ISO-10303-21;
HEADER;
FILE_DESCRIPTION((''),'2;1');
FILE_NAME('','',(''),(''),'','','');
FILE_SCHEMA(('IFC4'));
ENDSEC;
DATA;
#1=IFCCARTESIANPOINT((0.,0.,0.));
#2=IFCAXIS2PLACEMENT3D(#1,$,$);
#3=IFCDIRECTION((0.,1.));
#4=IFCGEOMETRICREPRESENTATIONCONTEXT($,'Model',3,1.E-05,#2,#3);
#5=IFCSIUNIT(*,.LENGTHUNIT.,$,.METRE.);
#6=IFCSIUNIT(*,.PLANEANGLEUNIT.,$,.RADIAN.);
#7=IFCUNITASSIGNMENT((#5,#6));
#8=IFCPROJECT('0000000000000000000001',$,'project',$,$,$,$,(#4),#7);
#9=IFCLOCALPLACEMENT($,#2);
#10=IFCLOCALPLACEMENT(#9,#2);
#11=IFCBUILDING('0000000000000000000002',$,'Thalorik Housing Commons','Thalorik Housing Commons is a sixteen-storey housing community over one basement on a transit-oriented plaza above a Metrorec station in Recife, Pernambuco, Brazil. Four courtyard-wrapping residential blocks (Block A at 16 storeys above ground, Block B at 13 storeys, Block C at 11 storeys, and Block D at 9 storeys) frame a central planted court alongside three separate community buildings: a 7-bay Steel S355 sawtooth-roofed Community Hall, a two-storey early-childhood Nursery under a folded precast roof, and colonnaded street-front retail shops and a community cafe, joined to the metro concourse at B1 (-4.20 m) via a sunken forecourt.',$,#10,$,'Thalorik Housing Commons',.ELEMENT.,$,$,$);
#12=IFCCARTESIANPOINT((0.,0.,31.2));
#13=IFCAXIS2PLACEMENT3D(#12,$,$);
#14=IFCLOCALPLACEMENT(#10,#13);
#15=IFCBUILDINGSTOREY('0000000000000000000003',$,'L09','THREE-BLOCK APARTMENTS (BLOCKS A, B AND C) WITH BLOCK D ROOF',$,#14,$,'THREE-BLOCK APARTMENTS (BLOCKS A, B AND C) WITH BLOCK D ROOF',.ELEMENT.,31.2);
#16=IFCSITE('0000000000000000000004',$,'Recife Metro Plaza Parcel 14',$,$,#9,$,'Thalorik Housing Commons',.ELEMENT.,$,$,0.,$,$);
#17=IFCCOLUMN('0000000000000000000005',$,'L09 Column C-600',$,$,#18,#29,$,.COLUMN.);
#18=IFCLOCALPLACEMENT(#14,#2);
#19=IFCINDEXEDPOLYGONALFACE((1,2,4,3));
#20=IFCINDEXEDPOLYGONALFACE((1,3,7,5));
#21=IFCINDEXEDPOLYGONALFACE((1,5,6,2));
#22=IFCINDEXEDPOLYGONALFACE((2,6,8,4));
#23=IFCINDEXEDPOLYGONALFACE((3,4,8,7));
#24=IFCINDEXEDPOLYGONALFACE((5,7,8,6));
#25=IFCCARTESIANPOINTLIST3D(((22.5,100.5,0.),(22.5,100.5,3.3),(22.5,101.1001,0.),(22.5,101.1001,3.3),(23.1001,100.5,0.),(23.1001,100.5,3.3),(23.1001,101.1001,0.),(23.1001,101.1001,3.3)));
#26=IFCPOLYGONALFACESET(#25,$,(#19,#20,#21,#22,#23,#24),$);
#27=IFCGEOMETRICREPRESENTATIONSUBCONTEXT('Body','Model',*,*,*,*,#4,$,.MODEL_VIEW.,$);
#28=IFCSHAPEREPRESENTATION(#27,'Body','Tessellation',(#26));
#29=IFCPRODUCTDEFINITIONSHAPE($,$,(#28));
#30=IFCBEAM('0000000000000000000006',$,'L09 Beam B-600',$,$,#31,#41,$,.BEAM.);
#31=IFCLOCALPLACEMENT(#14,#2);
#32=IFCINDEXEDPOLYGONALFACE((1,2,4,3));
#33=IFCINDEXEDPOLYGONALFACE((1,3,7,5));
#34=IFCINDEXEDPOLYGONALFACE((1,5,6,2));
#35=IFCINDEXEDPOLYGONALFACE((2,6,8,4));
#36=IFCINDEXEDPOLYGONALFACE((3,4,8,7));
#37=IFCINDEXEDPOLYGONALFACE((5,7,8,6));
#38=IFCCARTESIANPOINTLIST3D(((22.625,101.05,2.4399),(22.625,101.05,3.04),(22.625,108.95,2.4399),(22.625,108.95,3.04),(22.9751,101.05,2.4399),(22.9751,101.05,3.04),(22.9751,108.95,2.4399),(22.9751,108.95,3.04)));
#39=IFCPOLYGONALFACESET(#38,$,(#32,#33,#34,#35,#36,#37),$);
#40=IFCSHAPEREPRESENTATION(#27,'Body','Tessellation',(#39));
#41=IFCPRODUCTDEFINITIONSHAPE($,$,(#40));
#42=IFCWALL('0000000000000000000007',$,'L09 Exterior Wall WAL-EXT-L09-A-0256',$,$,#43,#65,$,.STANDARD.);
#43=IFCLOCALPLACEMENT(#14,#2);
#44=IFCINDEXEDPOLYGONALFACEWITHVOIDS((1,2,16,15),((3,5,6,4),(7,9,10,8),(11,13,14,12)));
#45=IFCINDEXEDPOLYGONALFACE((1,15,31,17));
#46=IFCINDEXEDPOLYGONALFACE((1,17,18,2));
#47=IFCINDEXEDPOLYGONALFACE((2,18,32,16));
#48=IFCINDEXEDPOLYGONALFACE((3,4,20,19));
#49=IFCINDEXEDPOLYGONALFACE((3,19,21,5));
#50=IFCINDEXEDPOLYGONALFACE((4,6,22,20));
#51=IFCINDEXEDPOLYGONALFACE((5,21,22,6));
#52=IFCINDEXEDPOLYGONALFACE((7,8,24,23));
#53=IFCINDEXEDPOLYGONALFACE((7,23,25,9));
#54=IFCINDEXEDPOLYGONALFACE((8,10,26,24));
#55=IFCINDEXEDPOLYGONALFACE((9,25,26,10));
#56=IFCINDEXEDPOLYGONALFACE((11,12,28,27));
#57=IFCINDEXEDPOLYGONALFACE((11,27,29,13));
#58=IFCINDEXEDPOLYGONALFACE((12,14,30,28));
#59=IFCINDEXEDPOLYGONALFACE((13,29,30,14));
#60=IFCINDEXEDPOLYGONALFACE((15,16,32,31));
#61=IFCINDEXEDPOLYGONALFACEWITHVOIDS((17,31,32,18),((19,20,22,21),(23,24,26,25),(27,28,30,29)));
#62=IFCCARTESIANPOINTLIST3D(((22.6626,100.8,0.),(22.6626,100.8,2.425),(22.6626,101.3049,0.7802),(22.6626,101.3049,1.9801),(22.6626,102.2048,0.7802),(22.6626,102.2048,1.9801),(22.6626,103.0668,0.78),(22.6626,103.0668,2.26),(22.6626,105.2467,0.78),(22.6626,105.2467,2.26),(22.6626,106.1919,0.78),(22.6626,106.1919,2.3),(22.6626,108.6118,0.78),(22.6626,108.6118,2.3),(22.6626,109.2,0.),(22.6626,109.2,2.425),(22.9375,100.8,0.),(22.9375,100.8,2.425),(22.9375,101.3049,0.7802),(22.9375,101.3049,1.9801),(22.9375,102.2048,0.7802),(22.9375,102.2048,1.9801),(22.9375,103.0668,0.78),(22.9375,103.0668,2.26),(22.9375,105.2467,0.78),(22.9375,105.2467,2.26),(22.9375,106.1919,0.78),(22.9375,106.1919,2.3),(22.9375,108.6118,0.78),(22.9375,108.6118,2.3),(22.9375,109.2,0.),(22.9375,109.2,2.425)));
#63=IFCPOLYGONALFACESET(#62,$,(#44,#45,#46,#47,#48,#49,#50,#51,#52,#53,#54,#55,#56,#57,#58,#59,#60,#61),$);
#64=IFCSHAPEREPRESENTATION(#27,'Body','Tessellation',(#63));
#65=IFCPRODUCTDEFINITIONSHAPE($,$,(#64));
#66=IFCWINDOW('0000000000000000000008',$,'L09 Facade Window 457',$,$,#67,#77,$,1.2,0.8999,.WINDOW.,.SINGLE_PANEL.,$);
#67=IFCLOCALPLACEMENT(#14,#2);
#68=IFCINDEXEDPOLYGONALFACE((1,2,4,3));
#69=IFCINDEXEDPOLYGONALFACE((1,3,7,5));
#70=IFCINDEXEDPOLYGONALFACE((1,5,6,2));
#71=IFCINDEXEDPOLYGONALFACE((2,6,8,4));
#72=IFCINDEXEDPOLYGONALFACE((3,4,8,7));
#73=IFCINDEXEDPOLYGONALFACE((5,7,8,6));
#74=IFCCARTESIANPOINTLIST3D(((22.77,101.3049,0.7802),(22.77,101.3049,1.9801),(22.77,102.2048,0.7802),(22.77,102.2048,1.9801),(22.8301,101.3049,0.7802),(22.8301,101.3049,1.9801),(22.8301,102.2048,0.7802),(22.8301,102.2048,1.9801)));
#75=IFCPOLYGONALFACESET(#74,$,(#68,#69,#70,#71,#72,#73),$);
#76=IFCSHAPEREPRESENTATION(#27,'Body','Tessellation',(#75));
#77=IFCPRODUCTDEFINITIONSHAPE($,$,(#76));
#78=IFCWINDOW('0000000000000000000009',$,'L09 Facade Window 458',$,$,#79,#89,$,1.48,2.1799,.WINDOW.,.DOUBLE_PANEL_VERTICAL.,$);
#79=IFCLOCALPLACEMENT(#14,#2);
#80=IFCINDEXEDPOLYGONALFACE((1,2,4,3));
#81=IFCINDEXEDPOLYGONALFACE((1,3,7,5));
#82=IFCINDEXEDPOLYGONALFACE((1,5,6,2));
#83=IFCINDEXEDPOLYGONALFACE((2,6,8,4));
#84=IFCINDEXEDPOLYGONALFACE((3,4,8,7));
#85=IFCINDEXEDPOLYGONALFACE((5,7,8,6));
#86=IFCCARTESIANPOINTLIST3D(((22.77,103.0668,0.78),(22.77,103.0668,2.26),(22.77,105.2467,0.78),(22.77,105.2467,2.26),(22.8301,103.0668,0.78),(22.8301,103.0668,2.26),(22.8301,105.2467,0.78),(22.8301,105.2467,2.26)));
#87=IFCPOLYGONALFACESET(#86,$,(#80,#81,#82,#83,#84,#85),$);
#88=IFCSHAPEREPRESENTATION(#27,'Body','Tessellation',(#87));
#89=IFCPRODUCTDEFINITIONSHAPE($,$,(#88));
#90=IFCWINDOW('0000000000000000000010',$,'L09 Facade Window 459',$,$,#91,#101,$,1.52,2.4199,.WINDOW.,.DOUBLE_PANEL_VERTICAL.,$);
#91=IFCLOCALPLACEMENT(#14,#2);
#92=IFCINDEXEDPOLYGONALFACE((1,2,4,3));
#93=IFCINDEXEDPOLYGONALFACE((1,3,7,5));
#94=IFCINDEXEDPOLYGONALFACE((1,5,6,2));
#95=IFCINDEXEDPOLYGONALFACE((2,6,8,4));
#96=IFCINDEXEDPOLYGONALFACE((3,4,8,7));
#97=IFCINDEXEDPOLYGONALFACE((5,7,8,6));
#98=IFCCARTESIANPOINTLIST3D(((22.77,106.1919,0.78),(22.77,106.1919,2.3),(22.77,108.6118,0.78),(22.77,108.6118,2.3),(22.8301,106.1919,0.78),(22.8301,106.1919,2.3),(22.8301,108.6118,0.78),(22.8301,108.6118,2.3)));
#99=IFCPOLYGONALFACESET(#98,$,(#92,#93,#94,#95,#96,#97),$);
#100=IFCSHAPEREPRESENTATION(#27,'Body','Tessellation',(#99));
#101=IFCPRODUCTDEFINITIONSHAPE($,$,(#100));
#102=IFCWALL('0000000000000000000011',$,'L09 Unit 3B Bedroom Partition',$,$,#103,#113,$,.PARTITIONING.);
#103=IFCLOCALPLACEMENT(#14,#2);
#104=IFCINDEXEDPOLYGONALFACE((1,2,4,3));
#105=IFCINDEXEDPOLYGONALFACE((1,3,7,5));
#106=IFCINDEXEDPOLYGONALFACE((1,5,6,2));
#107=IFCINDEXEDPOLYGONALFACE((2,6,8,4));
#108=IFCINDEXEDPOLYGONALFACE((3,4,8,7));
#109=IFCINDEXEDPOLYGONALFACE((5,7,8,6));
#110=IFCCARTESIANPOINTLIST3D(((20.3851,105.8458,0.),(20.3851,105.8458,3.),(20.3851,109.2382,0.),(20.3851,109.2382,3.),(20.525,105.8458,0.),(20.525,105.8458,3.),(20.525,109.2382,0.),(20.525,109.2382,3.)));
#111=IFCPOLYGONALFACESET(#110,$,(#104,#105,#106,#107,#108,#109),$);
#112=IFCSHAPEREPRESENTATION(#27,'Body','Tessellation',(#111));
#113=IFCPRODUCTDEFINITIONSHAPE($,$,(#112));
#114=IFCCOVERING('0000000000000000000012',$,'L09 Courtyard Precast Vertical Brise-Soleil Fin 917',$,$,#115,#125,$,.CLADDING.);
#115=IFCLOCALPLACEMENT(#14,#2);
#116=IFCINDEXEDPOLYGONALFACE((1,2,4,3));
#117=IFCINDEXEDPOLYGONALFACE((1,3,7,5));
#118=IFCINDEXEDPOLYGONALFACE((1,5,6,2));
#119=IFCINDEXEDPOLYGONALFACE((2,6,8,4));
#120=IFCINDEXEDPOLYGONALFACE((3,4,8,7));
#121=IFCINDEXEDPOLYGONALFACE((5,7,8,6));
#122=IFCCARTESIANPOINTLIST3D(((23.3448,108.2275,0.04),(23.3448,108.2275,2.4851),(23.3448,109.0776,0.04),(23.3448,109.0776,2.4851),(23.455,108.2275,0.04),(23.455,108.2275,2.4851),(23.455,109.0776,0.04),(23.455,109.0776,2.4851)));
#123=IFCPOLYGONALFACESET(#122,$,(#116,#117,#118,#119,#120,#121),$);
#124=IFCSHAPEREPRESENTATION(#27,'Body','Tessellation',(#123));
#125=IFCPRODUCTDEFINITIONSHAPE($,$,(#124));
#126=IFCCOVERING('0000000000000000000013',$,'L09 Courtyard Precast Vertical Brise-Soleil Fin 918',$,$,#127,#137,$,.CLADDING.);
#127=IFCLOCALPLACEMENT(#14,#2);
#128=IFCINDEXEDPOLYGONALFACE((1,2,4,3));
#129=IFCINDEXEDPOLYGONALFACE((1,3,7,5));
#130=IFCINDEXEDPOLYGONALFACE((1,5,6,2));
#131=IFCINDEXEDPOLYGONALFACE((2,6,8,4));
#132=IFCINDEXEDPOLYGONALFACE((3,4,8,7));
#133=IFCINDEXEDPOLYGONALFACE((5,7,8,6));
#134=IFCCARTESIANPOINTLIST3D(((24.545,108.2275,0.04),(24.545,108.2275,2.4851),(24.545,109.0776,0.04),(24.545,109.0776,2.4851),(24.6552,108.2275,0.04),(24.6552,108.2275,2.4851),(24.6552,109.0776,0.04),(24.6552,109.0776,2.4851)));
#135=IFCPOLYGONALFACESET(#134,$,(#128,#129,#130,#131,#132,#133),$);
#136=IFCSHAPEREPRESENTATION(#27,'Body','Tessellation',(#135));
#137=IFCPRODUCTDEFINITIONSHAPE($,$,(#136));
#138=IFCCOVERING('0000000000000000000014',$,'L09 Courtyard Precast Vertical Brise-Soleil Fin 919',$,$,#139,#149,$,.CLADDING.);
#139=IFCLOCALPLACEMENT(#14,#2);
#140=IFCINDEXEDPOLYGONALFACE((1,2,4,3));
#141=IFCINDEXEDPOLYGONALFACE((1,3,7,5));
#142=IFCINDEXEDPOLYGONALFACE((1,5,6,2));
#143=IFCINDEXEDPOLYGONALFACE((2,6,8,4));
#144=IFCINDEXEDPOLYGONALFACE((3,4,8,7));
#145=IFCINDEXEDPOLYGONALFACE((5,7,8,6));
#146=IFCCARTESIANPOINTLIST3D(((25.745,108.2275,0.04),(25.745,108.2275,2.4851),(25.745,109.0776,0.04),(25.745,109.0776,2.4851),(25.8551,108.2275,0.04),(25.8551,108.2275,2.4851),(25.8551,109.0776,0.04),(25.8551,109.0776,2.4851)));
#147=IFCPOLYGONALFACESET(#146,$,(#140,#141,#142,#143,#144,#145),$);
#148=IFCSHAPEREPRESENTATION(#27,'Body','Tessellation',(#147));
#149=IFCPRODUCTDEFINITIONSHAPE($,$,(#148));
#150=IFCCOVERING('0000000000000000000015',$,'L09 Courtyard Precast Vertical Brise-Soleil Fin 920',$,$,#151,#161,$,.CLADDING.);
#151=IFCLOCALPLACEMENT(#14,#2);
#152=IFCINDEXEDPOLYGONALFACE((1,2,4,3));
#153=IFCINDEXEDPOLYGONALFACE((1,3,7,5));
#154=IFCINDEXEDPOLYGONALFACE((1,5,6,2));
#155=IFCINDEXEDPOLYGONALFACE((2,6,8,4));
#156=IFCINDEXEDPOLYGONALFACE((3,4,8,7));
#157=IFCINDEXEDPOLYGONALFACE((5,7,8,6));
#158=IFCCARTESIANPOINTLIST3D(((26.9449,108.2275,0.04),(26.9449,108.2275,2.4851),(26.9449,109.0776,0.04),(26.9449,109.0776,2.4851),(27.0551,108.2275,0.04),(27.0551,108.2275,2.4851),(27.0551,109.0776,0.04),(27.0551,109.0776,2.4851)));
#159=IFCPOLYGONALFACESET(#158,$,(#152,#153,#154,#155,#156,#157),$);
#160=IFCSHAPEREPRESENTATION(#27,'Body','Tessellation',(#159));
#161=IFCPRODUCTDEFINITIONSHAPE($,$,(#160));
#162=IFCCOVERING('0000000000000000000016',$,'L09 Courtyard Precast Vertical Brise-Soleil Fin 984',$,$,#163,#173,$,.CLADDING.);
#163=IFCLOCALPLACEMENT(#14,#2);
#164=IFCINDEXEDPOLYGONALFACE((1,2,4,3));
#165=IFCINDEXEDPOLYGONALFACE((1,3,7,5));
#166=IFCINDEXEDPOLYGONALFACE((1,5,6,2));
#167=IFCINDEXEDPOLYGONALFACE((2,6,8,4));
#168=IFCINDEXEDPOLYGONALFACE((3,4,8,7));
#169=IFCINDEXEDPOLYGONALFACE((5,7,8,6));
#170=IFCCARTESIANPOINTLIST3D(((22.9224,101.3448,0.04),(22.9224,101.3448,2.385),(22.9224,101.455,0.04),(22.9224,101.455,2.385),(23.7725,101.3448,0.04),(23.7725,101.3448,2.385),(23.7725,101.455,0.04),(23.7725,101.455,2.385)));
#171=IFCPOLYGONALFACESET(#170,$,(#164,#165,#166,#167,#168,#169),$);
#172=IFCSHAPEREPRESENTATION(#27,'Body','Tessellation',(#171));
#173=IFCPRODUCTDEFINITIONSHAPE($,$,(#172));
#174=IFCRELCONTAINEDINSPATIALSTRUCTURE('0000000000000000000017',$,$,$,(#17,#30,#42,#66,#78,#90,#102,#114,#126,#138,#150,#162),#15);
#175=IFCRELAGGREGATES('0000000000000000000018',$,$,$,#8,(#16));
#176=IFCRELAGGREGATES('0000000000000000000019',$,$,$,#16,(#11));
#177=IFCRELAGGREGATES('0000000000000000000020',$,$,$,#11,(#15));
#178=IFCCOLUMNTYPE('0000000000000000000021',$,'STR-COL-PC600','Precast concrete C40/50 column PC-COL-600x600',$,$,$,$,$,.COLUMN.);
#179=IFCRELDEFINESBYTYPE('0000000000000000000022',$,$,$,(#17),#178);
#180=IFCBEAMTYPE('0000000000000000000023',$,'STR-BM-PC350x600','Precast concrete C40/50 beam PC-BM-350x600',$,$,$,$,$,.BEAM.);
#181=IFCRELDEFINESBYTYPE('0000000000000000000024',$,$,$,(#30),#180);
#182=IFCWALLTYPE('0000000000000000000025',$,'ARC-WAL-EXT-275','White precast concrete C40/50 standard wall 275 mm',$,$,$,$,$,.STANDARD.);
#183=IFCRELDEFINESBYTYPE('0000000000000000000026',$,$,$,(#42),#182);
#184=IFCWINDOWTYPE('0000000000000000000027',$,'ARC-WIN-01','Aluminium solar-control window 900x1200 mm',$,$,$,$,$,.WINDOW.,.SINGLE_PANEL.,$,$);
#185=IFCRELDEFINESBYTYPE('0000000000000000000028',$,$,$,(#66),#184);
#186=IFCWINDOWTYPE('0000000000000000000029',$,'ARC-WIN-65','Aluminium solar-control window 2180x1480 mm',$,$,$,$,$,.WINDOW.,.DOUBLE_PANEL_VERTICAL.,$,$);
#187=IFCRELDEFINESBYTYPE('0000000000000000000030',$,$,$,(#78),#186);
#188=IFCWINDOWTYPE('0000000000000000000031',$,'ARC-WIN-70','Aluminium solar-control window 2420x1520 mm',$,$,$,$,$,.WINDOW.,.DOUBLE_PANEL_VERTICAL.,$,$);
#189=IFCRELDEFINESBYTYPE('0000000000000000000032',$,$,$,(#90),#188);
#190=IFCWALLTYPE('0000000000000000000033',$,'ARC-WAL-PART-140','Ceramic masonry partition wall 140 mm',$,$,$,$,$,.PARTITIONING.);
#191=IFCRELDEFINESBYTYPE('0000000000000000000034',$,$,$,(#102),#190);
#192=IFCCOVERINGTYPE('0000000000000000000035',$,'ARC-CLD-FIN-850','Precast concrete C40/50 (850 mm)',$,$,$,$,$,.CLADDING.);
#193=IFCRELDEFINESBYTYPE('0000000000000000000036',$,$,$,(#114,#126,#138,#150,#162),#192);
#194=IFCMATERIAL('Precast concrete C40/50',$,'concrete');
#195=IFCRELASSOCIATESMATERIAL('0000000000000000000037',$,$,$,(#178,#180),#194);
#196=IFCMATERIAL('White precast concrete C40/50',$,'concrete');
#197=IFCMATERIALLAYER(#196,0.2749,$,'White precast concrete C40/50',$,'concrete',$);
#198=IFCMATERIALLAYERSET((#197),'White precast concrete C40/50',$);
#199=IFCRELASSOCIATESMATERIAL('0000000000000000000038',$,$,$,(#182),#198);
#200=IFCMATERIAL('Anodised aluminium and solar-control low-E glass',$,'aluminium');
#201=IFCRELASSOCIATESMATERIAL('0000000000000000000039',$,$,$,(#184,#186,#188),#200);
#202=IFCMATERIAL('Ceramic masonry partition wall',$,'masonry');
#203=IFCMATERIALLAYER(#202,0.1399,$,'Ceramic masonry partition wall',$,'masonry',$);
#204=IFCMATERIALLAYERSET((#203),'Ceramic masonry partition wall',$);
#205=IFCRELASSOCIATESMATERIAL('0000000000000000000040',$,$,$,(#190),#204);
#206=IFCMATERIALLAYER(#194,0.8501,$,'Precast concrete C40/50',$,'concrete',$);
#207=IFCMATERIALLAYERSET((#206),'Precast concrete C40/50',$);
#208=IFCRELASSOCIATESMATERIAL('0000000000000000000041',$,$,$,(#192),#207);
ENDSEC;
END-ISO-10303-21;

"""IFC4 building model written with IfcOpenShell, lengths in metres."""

from ifc_helpers import new_model, si_unit, direction, frame, frame_2d, origin, origin_2d, place, context, subcontext, project, spatial, rectangle, extrude, material, layer, layer_set, material_profile, profile_set, type_object, element, fill, save


model = new_model("IFC4")

# Units and contexts
model_context = context("Model", 3, precision=1e-05, world=origin(), true_north=direction((0.0, 1.0)))
body_context = subcontext(model_context, "Body", "Model", "MODEL_VIEW")
ifc_project = project(units=[si_unit("LENGTHUNIT", "METRE"), si_unit("PLANEANGLEUNIT", "RADIAN")], contexts=[model_context])

# Site, building, storey
site_placement = place(None, origin())
site = spatial("IfcSite", under=ifc_project, at=site_placement, Name="Recife Metro Plaza Parcel 14", LongName="Thalorik Housing Commons", CompositionType="ELEMENT", RefElevation=0.0)
building_placement = place(site_placement, origin())
building = spatial("IfcBuilding", under=site, at=building_placement, Name="Thalorik Housing Commons", Description="Thalorik Housing Commons is a sixteen-storey housing community over one basement on a transit-oriented plaza above a Metrorec station in Recife, Pernambuco, Brazil. Four courtyard-wrapping residential blocks (Block A at 16 storeys above ground, Block B at 13 storeys, Block C at 11 storeys, and Block D at 9 storeys) frame a central planted court alongside three separate community buildings: a 7-bay Steel S355 sawtooth-roofed Community Hall, a two-storey early-childhood Nursery under a folded precast roof, and colonnaded street-front retail shops and a community cafe, joined to the metro concourse at B1 (-4.20 m) via a sunken forecourt.", LongName="Thalorik Housing Commons", CompositionType="ELEMENT")
storey_placement = place(building_placement, frame((0.0, 0.0, 31.2)))
storey = spatial("IfcBuildingStorey", under=building, at=storey_placement, Name="L09", Description="THREE-BLOCK APARTMENTS (BLOCKS A, B AND C) WITH BLOCK D ROOF", LongName="THREE-BLOCK APARTMENTS (BLOCKS A, B AND C) WITH BLOCK D ROOF", CompositionType="ELEMENT", Elevation=31.2)

# Column
ifc_material_1 = material(Name="Precast concrete C40/50", Category="concrete")
ifc_material_profile_1 = material_profile(ifc_material_1, rectangle(XDim=0.6001, YDim=0.6001, at=origin_2d()), Name="PC 600x600", Category="concrete")
ifc_profile_set_1 = profile_set([ifc_material_profile_1], Name="Precast concrete C40/50")
column_type = type_object("IfcColumnType", Name="STR-COL-PC600", Description="Precast concrete C40/50 column PC-COL-600x600", PredefinedType="COLUMN", material=ifc_profile_set_1)
column_placement = place(storey_placement, frame((22.8, 100.8, 0.0), z_axis=(0.0, 0.0, 1.0), x_axis=(1.0, 0.0, 0.0)))
element("IfcColumn", 1, at=column_placement, inside=storey, type_object=column_type, Name="L09 Column C-600", PredefinedType="COLUMN", context=body_context, shape_type="SweptSolid", body=[
    extrude(rectangle(XDim=0.6001, YDim=0.6001, at=origin_2d()), origin(), (0.0, 0.0, 1.0), 3.3),
])

# Beam
ifc_material_profile_2 = material_profile(ifc_material_1, rectangle(XDim=0.3501, YDim=0.6001, at=origin_2d()), Name="PC 350x600", Category="concrete")
ifc_profile_set_2 = profile_set([ifc_material_profile_2], Name="Precast concrete C40/50")
beam_type = type_object("IfcBeamType", Name="STR-BM-PC350x600", Description="Precast concrete C40/50 beam PC-BM-350x600", PredefinedType="BEAM", material=ifc_profile_set_2)
beam_placement = place(storey_placement, frame((22.8, 101.05, 2.74), z_axis=(0.0, 1.0, 0.0), x_axis=(-1.0, 0.0, 0.0)))
element("IfcBeam", 2, at=beam_placement, inside=storey, type_object=beam_type, Name="L09 Beam B-600", PredefinedType="BEAM", context=body_context, shape_type="SweptSolid", body=[
    extrude(rectangle(XDim=0.3501, YDim=0.6001, at=origin_2d()), origin(), (0.0, 0.0, 1.0), 7.8999),
])

# Wall, openings, windows
ifc_material_2 = material(Name="White precast concrete C40/50", Category="concrete")
ifc_layer_1 = layer(ifc_material_2, 0.2749, Name="White precast concrete C40/50", Category="concrete")
ifc_layer_set_1 = layer_set([ifc_layer_1], Name="White precast concrete C40/50")
wall_type_1 = type_object("IfcWallType", Name="ARC-WAL-EXT-275", Description="White precast concrete C40/50 standard wall 275 mm", PredefinedType="STANDARD", material=ifc_layer_set_1)
wall_1_placement = place(storey_placement, frame((22.8, 100.8, 0.0), z_axis=(0.0, 0.0, 1.0), x_axis=(0.0, 1.0, 0.0)))
wall_1 = element("IfcWall", 3, at=wall_1_placement, inside=storey, type_object=wall_type_1, Name="L09 Exterior Wall WAL-EXT-L09-A-0256", PredefinedType="STANDARD", context=body_context, shape_type="SweptSolid", body=[
    extrude(rectangle(XDim=8.3999, YDim=0.2749, at=frame_2d((4.2, 0.0))), origin(), (0.0, 0.0, 1.0), 2.425),
])
opening_1_placement = place(wall_1_placement, frame((0.5049, 0.0, 0.78)))
opening_1 = element("IfcOpeningElement", 4, at=opening_1_placement, cuts=wall_1, PredefinedType="OPENING", context=body_context, shape_type="SweptSolid", body=[
    extrude(rectangle(XDim=0.8999, YDim=1.2, at=frame_2d((0.45, 0.6001))), frame((0.0, 0.1475, 0.0), z_axis=(0.0, -1.0, 0.0), x_axis=(1.0, 0.0, 0.0)), (0.0, 0.0, 1.0), 0.2949),
])
opening_2_placement = place(wall_1_placement, frame((2.2668, 0.0, 0.78)))
opening_2 = element("IfcOpeningElement", 5, at=opening_2_placement, cuts=wall_1, PredefinedType="OPENING", context=body_context, shape_type="SweptSolid", body=[
    extrude(rectangle(XDim=2.1799, YDim=1.48, at=frame_2d((1.0898, 0.74))), frame((0.0, 0.1475, 0.0), z_axis=(0.0, -1.0, 0.0), x_axis=(1.0, 0.0, 0.0)), (0.0, 0.0, 1.0), 0.2949),
])
opening_3_placement = place(wall_1_placement, frame((5.3918, 0.0, 0.78)))
opening_3 = element("IfcOpeningElement", 6, at=opening_3_placement, cuts=wall_1, PredefinedType="OPENING", context=body_context, shape_type="SweptSolid", body=[
    extrude(rectangle(XDim=2.4199, YDim=1.52, at=frame_2d((1.21, 0.76))), frame((0.0, 0.1475, 0.0), z_axis=(0.0, -1.0, 0.0), x_axis=(1.0, 0.0, 0.0)), (0.0, 0.0, 1.0), 0.2949),
])
ifc_material_3 = material(Name="Anodised aluminium and solar-control low-E glass", Category="aluminium")
window_type_1 = type_object("IfcWindowType", Name="ARC-WIN-01", Description="Aluminium solar-control window 900x1200 mm", PartitioningType="SINGLE_PANEL", PredefinedType="WINDOW", material=ifc_material_3)
window_1_placement = place(opening_1_placement, origin())
window_1 = element("IfcWindow", 7, at=window_1_placement, inside=storey, type_object=window_type_1, Name="L09 Facade Window 457", OverallHeight=1.2, OverallWidth=0.8999, PartitioningType="SINGLE_PANEL", PredefinedType="WINDOW", context=body_context, shape_type="SweptSolid", body=[
    extrude(rectangle(XDim=0.8999, YDim=1.2, at=frame_2d((0.45, 0.6001))), frame((0.0, 0.03, 0.0), z_axis=(0.0, -1.0, 0.0), x_axis=(1.0, 0.0, 0.0)), (0.0, 0.0, 1.0), 0.0601),
])
fill(opening_1, window_1)
window_type_2 = type_object("IfcWindowType", Name="ARC-WIN-65", Description="Aluminium solar-control window 2180x1480 mm", PartitioningType="DOUBLE_PANEL_VERTICAL", PredefinedType="WINDOW", material=ifc_material_3)
window_2_placement = place(opening_2_placement, origin())
window_2 = element("IfcWindow", 8, at=window_2_placement, inside=storey, type_object=window_type_2, Name="L09 Facade Window 458", OverallHeight=1.48, OverallWidth=2.1799, PartitioningType="DOUBLE_PANEL_VERTICAL", PredefinedType="WINDOW", context=body_context, shape_type="SweptSolid", body=[
    extrude(rectangle(XDim=2.1799, YDim=1.48, at=frame_2d((1.0898, 0.74))), frame((0.0, 0.03, 0.0), z_axis=(0.0, -1.0, 0.0), x_axis=(1.0, 0.0, 0.0)), (0.0, 0.0, 1.0), 0.0601),
])
fill(opening_2, window_2)
window_type_3 = type_object("IfcWindowType", Name="ARC-WIN-70", Description="Aluminium solar-control window 2420x1520 mm", PartitioningType="DOUBLE_PANEL_VERTICAL", PredefinedType="WINDOW", material=ifc_material_3)
window_3_placement = place(opening_3_placement, origin())
window_3 = element("IfcWindow", 9, at=window_3_placement, inside=storey, type_object=window_type_3, Name="L09 Facade Window 459", OverallHeight=1.52, OverallWidth=2.4199, PartitioningType="DOUBLE_PANEL_VERTICAL", PredefinedType="WINDOW", context=body_context, shape_type="SweptSolid", body=[
    extrude(rectangle(XDim=2.4199, YDim=1.52, at=frame_2d((1.21, 0.76))), frame((0.0, 0.03, 0.0), z_axis=(0.0, -1.0, 0.0), x_axis=(1.0, 0.0, 0.0)), (0.0, 0.0, 1.0), 0.0601),
])
fill(opening_3, window_3)

# Wall
ifc_material_4 = material(Name="Ceramic masonry partition wall", Category="masonry")
ifc_layer_2 = layer(ifc_material_4, 0.1399, Name="Ceramic masonry partition wall", Category="masonry")
ifc_layer_set_2 = layer_set([ifc_layer_2], Name="Ceramic masonry partition wall")
wall_type_2 = type_object("IfcWallType", Name="ARC-WAL-PART-140", Description="Ceramic masonry partition wall 140 mm", PredefinedType="PARTITIONING", material=ifc_layer_set_2)
wall_2_placement = place(storey_placement, frame((20.4551, 105.8457, 0.0), z_axis=(0.0, 0.0, 1.0), x_axis=(0.0, 1.0, 0.0)))
element("IfcWall", 10, at=wall_2_placement, inside=storey, type_object=wall_type_2, Name="L09 Unit 3B Bedroom Partition", PredefinedType="PARTITIONING", context=body_context, shape_type="SweptSolid", body=[
    extrude(rectangle(XDim=3.3923, YDim=0.1399, at=frame_2d((1.6963, 0.0))), origin(), (0.0, 0.0, 1.0), 3.0),
])

# Coverings
ifc_layer_3 = layer(ifc_material_1, 0.8501, Name="Precast concrete C40/50", Category="concrete")
ifc_layer_set_3 = layer_set([ifc_layer_3], Name="Precast concrete C40/50")
covering_type_1 = type_object("IfcCoveringType", Name="ARC-CLD-FIN-850", Description="Precast concrete C40/50 (850 mm)", PredefinedType="CLADDING", material=ifc_layer_set_3)
for number, where, z_axis, x_axis, name in (
    (11, (23.3999, 108.6526, 0.04), (0.0, 0.0, 1.0), (1.0, 0.0, 0.0), "L09 Courtyard Precast Vertical Brise-Soleil Fin 917"),
    (12, (24.6001, 108.6526, 0.04), (0.0, 0.0, 1.0), (1.0, 0.0, 0.0), "L09 Courtyard Precast Vertical Brise-Soleil Fin 918"),
    (13, (25.8, 108.6526, 0.04), (0.0, 0.0, 1.0), (1.0, 0.0, 0.0), "L09 Courtyard Precast Vertical Brise-Soleil Fin 919"),
    (14, (27.0, 108.6526, 0.04), (0.0, 0.0, 1.0), (1.0, 0.0, 0.0), "L09 Courtyard Precast Vertical Brise-Soleil Fin 920"),
):
    element("IfcCovering", number, at=place(storey_placement, frame(where, z_axis=z_axis, x_axis=x_axis)), inside=storey, type_object=covering_type_1, Name=name, PredefinedType="CLADDING", context=body_context, shape_type="SweptSolid", body=[
        extrude(rectangle(XDim=0.1101, YDim=0.8501, at=origin_2d()), origin(), (0.0, 0.0, 1.0), 2.4451),
    ])
for number, where, z_axis, x_axis, name in (
    (15, (23.3474, 101.3999, 0.04), (0.0, 0.0, 1.0), (0.0, 1.0, 0.0), "L09 Courtyard Precast Vertical Brise-Soleil Fin 984"),
):
    element("IfcCovering", number, at=place(storey_placement, frame(where, z_axis=z_axis, x_axis=x_axis)), inside=storey, type_object=covering_type_1, Name=name, PredefinedType="CLADDING", context=body_context, shape_type="SweptSolid", body=[
        extrude(rectangle(XDim=0.1101, YDim=0.8501, at=origin_2d()), origin(), (0.0, 0.0, 1.0), 2.345),
    ])

save(model, "model.ifc")
